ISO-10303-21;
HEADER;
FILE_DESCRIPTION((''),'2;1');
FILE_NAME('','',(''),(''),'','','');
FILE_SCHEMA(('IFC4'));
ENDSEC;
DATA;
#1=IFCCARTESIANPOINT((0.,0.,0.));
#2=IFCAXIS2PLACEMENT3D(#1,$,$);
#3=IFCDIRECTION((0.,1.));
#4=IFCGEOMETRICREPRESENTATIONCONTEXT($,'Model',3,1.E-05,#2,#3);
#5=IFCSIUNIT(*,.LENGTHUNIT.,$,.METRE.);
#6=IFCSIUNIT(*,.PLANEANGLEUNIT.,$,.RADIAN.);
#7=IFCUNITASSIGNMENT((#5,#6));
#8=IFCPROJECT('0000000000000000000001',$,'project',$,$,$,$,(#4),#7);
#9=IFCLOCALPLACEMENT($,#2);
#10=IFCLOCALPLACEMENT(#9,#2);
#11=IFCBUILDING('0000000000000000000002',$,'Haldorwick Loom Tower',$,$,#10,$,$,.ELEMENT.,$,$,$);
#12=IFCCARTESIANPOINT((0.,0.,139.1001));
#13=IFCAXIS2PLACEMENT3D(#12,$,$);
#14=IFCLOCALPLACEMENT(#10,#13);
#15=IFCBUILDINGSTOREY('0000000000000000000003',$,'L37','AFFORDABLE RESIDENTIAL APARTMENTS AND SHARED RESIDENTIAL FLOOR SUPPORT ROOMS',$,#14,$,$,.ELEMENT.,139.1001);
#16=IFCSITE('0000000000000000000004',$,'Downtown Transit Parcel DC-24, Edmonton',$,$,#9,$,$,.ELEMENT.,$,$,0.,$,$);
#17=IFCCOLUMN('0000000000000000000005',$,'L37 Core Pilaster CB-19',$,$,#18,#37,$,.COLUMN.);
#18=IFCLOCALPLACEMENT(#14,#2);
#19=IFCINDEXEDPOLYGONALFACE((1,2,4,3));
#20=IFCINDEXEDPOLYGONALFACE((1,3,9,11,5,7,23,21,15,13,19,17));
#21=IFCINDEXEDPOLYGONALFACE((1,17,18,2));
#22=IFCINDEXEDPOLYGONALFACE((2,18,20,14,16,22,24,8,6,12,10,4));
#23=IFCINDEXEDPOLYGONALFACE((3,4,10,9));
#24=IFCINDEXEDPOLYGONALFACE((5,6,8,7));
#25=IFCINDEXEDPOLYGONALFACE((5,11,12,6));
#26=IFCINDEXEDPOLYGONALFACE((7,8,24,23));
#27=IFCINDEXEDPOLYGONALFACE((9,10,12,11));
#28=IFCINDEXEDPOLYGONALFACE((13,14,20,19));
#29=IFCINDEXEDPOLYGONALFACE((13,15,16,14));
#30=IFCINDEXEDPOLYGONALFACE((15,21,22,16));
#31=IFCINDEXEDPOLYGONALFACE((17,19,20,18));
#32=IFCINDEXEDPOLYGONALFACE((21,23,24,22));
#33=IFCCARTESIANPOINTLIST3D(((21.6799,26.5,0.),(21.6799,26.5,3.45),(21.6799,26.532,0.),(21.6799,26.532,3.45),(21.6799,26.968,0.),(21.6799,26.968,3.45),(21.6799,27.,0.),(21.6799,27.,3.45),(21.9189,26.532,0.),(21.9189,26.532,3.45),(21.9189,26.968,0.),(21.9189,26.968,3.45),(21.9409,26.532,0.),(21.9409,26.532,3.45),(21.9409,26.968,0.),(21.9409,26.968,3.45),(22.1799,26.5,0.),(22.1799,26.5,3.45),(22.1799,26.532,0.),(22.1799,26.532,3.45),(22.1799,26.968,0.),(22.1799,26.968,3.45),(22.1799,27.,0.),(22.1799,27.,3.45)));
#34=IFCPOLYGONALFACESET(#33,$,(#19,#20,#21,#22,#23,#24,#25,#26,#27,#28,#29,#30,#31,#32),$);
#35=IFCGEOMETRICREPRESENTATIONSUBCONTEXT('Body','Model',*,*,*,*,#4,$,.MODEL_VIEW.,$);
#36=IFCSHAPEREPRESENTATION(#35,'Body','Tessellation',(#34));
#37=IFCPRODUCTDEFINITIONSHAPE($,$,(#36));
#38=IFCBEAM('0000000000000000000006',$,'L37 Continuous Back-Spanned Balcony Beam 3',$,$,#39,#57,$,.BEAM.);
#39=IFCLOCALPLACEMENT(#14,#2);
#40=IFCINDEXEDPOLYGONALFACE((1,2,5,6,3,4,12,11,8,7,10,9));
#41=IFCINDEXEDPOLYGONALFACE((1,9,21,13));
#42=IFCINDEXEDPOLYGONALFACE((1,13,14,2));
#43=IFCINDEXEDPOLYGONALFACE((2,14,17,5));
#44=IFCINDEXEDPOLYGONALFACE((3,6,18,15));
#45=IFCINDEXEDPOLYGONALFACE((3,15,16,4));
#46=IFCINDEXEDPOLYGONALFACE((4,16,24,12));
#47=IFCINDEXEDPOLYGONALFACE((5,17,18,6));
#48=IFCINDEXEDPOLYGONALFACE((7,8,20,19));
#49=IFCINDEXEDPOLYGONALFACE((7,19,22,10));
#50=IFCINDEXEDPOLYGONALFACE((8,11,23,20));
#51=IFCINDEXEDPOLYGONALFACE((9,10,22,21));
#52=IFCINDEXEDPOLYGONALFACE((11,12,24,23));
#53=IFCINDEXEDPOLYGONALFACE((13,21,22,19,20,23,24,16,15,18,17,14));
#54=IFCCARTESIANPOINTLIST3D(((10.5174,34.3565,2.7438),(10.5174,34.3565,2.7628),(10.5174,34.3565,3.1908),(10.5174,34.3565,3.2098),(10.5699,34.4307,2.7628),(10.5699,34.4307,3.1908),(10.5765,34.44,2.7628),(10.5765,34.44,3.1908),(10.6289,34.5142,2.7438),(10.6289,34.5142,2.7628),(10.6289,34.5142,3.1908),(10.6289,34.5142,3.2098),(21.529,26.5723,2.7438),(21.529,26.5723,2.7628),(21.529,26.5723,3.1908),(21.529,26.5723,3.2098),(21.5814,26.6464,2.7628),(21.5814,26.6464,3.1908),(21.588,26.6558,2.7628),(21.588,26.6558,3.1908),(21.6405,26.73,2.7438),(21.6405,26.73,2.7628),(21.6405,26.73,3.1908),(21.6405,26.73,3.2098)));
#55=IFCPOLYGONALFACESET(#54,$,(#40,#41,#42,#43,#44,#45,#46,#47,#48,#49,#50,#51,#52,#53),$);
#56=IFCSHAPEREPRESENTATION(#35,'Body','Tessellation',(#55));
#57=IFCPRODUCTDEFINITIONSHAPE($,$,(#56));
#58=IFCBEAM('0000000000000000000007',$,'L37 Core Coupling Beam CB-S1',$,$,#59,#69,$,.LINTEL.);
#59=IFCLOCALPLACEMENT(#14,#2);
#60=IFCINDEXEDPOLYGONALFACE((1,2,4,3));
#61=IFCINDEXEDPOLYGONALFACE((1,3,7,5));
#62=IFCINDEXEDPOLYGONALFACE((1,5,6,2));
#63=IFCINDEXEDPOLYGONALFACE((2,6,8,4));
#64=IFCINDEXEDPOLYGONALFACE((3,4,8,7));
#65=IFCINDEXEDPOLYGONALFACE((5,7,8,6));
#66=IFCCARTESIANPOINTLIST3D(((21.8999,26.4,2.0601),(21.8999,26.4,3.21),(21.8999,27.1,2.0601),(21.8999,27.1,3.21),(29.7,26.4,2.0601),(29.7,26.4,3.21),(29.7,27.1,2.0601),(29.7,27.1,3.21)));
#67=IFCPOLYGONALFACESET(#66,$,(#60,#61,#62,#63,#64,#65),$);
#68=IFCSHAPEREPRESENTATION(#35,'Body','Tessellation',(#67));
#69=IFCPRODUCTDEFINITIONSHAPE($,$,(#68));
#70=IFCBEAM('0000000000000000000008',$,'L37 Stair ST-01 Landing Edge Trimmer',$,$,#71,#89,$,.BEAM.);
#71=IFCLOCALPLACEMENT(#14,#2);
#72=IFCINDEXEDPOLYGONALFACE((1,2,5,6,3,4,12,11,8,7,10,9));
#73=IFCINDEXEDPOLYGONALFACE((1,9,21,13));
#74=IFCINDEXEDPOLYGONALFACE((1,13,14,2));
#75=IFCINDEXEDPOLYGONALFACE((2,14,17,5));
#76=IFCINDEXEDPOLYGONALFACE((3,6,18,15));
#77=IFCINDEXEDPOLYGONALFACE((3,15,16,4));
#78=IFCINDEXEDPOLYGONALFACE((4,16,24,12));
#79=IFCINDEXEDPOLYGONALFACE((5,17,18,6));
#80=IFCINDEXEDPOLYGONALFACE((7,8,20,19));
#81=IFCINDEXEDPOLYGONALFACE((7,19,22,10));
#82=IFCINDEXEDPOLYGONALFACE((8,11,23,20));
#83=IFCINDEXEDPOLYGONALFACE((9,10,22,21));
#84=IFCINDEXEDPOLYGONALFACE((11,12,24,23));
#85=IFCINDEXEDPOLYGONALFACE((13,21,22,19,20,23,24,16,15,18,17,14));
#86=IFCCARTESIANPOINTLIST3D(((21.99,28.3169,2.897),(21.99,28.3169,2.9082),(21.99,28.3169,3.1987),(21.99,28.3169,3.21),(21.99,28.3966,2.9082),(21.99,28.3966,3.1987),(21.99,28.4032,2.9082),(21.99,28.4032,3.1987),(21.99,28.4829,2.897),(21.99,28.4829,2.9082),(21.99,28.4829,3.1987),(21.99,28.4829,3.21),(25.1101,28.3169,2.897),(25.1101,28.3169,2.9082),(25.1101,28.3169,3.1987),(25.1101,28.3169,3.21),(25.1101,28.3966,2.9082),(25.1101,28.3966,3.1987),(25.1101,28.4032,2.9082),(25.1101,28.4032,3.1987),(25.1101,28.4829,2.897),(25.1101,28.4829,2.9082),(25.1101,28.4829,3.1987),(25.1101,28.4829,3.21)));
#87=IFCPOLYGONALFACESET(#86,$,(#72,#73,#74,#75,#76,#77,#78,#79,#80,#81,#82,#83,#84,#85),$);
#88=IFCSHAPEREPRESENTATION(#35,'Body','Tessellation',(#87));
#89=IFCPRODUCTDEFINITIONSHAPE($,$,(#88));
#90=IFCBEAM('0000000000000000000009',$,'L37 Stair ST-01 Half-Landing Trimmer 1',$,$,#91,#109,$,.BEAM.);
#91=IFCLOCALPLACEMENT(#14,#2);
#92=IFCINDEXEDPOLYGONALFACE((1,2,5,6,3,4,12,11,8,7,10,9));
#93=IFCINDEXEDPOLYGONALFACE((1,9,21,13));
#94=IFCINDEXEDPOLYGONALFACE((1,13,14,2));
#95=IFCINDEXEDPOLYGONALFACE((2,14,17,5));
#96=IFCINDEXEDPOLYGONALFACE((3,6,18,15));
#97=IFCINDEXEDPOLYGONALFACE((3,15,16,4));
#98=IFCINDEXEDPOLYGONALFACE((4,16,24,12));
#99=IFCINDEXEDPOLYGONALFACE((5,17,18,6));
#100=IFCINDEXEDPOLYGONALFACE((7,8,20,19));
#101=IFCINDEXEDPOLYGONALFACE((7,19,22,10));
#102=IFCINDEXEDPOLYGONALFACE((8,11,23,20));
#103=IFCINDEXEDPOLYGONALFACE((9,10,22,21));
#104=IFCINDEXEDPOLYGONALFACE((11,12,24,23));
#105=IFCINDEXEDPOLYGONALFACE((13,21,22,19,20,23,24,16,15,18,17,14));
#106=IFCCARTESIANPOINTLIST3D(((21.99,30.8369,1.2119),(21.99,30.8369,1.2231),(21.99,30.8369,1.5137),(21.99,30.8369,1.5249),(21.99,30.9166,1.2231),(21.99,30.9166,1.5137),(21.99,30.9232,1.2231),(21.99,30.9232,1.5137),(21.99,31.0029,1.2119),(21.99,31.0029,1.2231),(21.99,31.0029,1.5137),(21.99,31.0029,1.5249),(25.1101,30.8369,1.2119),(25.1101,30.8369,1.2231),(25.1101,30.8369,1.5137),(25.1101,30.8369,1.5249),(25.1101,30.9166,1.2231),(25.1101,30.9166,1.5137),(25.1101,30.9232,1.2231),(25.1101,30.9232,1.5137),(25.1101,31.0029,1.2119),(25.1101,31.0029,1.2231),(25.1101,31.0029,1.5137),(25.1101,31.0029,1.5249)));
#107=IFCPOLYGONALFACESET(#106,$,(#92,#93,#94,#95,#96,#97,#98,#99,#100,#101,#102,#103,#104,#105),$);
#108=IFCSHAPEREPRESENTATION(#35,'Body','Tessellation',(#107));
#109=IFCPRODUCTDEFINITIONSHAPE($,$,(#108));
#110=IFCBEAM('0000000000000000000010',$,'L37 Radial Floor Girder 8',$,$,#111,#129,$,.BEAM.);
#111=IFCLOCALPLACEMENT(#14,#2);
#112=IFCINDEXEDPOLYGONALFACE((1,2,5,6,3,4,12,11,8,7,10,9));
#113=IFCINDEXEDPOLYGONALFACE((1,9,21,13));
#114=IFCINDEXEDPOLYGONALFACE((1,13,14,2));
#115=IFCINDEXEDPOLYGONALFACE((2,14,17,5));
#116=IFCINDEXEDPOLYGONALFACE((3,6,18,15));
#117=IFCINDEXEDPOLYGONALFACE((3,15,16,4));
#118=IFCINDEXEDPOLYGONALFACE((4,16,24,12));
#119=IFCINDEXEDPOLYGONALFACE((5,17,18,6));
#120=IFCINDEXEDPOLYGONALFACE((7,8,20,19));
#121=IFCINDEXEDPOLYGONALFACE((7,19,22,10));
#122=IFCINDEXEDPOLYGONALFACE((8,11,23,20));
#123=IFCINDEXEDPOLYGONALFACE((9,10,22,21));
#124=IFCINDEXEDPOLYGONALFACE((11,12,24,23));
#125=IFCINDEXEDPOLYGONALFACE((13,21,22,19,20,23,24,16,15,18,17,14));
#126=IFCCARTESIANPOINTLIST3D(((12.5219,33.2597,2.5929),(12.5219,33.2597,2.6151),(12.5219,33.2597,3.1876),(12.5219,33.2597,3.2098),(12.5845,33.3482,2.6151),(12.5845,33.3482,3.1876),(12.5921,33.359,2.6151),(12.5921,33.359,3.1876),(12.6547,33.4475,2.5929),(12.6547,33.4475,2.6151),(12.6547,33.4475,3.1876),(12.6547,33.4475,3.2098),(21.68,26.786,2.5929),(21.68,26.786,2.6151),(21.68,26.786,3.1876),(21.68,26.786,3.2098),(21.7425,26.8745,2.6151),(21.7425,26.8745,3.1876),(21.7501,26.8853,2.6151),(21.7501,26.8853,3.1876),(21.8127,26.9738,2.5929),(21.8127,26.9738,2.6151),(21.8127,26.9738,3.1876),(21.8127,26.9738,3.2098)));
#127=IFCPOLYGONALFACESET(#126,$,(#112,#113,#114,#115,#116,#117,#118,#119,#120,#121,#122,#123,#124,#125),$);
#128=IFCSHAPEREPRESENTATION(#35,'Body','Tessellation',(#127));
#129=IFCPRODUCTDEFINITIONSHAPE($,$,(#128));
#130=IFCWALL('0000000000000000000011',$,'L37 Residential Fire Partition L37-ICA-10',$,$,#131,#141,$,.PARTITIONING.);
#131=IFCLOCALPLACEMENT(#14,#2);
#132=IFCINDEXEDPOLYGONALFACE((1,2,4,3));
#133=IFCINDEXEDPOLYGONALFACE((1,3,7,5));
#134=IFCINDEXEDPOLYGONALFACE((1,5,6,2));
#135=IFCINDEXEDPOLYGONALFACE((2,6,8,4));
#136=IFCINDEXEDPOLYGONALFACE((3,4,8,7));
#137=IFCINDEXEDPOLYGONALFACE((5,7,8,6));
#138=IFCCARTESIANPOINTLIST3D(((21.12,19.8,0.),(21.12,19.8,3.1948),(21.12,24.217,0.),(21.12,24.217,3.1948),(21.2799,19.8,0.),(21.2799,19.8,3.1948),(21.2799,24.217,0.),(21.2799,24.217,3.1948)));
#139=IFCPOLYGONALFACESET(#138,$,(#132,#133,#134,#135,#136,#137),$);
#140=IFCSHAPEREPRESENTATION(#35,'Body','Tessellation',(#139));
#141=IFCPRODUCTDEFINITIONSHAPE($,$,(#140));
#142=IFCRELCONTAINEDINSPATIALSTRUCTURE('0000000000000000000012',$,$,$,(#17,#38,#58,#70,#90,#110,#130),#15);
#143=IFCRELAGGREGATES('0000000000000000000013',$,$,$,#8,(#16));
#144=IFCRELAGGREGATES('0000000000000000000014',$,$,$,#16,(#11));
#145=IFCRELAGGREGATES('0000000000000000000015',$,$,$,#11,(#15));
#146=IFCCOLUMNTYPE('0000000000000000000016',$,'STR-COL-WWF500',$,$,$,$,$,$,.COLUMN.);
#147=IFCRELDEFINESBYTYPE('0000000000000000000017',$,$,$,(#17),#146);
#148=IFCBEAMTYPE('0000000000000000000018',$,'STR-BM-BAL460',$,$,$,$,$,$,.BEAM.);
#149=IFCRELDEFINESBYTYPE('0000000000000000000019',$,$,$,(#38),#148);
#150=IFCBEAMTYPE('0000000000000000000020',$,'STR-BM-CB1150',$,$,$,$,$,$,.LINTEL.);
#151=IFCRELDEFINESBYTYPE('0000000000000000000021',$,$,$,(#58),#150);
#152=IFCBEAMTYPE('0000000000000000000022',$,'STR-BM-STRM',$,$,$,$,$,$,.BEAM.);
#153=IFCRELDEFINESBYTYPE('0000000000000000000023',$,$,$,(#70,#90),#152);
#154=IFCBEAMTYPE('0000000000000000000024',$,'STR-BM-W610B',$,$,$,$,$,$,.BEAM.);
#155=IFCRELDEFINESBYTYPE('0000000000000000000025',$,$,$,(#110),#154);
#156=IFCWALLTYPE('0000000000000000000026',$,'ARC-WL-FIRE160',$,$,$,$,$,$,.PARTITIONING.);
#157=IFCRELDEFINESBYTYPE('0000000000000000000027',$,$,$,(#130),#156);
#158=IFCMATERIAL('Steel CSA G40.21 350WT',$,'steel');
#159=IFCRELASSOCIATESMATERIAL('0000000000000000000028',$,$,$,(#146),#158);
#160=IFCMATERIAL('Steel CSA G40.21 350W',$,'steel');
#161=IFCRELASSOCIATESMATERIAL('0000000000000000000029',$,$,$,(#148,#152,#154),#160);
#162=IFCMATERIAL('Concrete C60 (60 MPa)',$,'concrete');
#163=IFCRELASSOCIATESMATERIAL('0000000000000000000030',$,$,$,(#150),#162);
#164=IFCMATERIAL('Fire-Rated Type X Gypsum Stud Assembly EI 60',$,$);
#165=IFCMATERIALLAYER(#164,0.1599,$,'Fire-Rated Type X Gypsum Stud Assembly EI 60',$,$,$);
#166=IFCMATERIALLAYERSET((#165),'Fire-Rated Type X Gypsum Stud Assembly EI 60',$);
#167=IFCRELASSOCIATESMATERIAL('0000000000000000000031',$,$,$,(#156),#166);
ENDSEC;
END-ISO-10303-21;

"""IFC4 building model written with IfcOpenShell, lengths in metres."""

from ifc_helpers import new_model, si_unit, direction, frame, frame_2d, origin, origin_2d, place, context, subcontext, project, spatial, rectangle, i_section, extrude, material, layer, layer_set, material_profile, profile_set, type_object, element, save


model = new_model("IFC4")

# Units and contexts
model_context = context("Model", 3, precision=1e-05, world=origin(), true_north=direction((0.0, 1.0)))
body_context = subcontext(model_context, "Body", "Model", "MODEL_VIEW")
ifc_project = project(units=[si_unit("LENGTHUNIT", "METRE"), si_unit("PLANEANGLEUNIT", "RADIAN")], contexts=[model_context])

# Site, building, storey
site_placement = place(None, origin())
site = spatial("IfcSite", under=ifc_project, at=site_placement, Name="Downtown Transit Parcel DC-24, Edmonton", CompositionType="ELEMENT", RefElevation=0.0)
building_placement = place(site_placement, origin())
building = spatial("IfcBuilding", under=site, at=building_placement, Name="Haldorwick Loom Tower", CompositionType="ELEMENT")
storey_placement = place(building_placement, frame((0.0, 0.0, 139.1001)))
storey = spatial("IfcBuildingStorey", under=building, at=storey_placement, Name="L37", Description="AFFORDABLE RESIDENTIAL APARTMENTS AND SHARED RESIDENTIAL FLOOR SUPPORT ROOMS", CompositionType="ELEMENT", Elevation=139.1001)

# Column
ifc_material_1 = material(Name="Steel CSA G40.21 350WT", Category="steel")
ifc_material_profile_1 = material_profile(ifc_material_1, i_section(OverallWidth=0.5, OverallDepth=0.5, WebThickness=0.022, FlangeThickness=0.032, at=origin_2d()), Name="WWF500X500", Category="steel")
ifc_profile_set_1 = profile_set([ifc_material_profile_1], Name="Steel CSA G40.21 350WT")
column_type = type_object("IfcColumnType", Name="STR-COL-WWF500", PredefinedType="COLUMN", material=ifc_profile_set_1)
column_placement = place(storey_placement, frame((21.9299, 26.75, 0.0), z_axis=(0.0, 0.0, 1.0), x_axis=(1.0, 0.0, 0.0)))
element("IfcColumn", 1, at=column_placement, inside=storey, type_object=column_type, Name="L37 Core Pilaster CB-19", PredefinedType="COLUMN", context=body_context, shape_type="SweptSolid", body=[
    extrude(i_section(OverallWidth=0.5, OverallDepth=0.5, WebThickness=0.022, FlangeThickness=0.032, at=origin_2d()), origin(), (0.0, 0.0, 1.0), 3.45),
])

# Beams
ifc_material_2 = material(Name="Steel CSA G40.21 350W", Category="steel")
ifc_material_profile_2 = material_profile(ifc_material_2, i_section(OverallWidth=0.1931, OverallDepth=0.4661, WebThickness=0.0115, FlangeThickness=0.019, at=origin_2d()), Name="W460X97", Category="steel")
ifc_profile_set_2 = profile_set([ifc_material_profile_2], Name="Steel CSA G40.21 350W")
beam_type_1 = type_object("IfcBeamType", Name="STR-BM-BAL460", PredefinedType="BEAM", material=ifc_profile_set_2)
beam_1_placement = place(storey_placement, frame((21.5847, 26.6511, 2.9768), z_axis=(-0.81657, 0.577246, 0.0), x_axis=(-0.577246, -0.81657, 0.0)))
element("IfcBeam", 2, at=beam_1_placement, inside=storey, type_object=beam_type_1, Name="L37 Continuous Back-Spanned Balcony Beam 3", PredefinedType="BEAM", context=body_context, shape_type="SweptSolid", body=[
    extrude(i_section(OverallWidth=0.1931, OverallDepth=0.4661, WebThickness=0.0115, FlangeThickness=0.019, at=origin_2d()), origin(), (0.0, 0.0, 1.0), 13.4851),
])
ifc_material_3 = material(Name="Concrete C60 (60 MPa)", Category="concrete")
ifc_material_profile_3 = material_profile(ifc_material_3, rectangle(XDim=0.7, YDim=1.1499, at=origin_2d()), Name="RC700X1150", Category="concrete")
ifc_profile_set_3 = profile_set([ifc_material_profile_3], Name="Concrete C60 (60 MPa)")
beam_type_2 = type_object("IfcBeamType", Name="STR-BM-CB1150", PredefinedType="LINTEL", material=ifc_profile_set_3)
beam_2_placement = place(storey_placement, frame((21.8999, 26.75, 2.635), z_axis=(1.0, 0.0, 0.0), x_axis=(0.0, 1.0, 0.0)))
element("IfcBeam", 3, at=beam_2_placement, inside=storey, type_object=beam_type_2, Name="L37 Core Coupling Beam CB-S1", PredefinedType="LINTEL", context=body_context, shape_type="SweptSolid", body=[
    extrude(rectangle(XDim=0.7, YDim=1.1499, at=origin_2d()), origin(), (0.0, 0.0, 1.0), 7.8),
])
ifc_material_profile_4 = material_profile(ifc_material_2, i_section(OverallWidth=0.166, OverallDepth=0.313, WebThickness=0.0066, FlangeThickness=0.0112, at=origin_2d()), Name="W310X45", Category="steel")
ifc_profile_set_4 = profile_set([ifc_material_profile_4], Name="Steel CSA G40.21 350W")
beam_type_3 = type_object("IfcBeamType", Name="STR-BM-STRM", PredefinedType="BEAM", material=ifc_profile_set_4)
for number, where, z_axis, x_axis, name in (
    (4, (21.99, 28.3999, 3.0535), (1.0, 0.0, 0.0), (0.0, 1.0, 0.0), "L37 Stair ST-01 Landing Edge Trimmer"),
    (5, (21.99, 30.9199, 1.3684), (1.0, 0.0, 0.0), (0.0, 1.0, 0.0), "L37 Stair ST-01 Half-Landing Trimmer 1"),
):
    element("IfcBeam", number, at=place(storey_placement, frame(where, z_axis=z_axis, x_axis=x_axis)), inside=storey, type_object=beam_type_3, Name=name, PredefinedType="BEAM", context=body_context, shape_type="SweptSolid", body=[
        extrude(i_section(OverallWidth=0.166, OverallDepth=0.313, WebThickness=0.0066, FlangeThickness=0.0112, at=origin_2d()), origin(), (0.0, 0.0, 1.0), 3.1201),
    ])
ifc_material_profile_5 = material_profile(ifc_material_2, i_section(OverallWidth=0.23, OverallDepth=0.6169, WebThickness=0.0132, FlangeThickness=0.0222, at=origin_2d()), Name="W610X140", Category="steel")
ifc_profile_set_5 = profile_set([ifc_material_profile_5], Name="Steel CSA G40.21 350W")
beam_type_4 = type_object("IfcBeamType", Name="STR-BM-W610B", PredefinedType="BEAM", material=ifc_profile_set_5)
beam_3_placement = place(storey_placement, frame((21.7463, 26.8799, 2.9014), z_axis=(-0.816582, 0.57723, 0.0), x_axis=(-0.57723, -0.816582, 0.0)))
element("IfcBeam", 6, at=beam_3_placement, inside=storey, type_object=beam_type_4, Name="L37 Radial Floor Girder 8", PredefinedType="BEAM", context=body_context, shape_type="SweptSolid", body=[
    extrude(i_section(OverallWidth=0.23, OverallDepth=0.6169, WebThickness=0.0132, FlangeThickness=0.0222, at=origin_2d()), origin(), (0.0, 0.0, 1.0), 11.2151),
])

# Wall
ifc_material_4 = material(Name="Fire-Rated Type X Gypsum Stud Assembly EI 60")
ifc_layer_1 = layer(ifc_material_4, 0.1599, Name="Fire-Rated Type X Gypsum Stud Assembly EI 60")
ifc_layer_set_1 = layer_set([ifc_layer_1], Name="Fire-Rated Type X Gypsum Stud Assembly EI 60")
wall_type_1 = type_object("IfcWallType", Name="ARC-WL-FIRE160", PredefinedType="PARTITIONING", material=ifc_layer_set_1)
wall_1_placement = place(storey_placement, frame((21.2, 24.217, 0.0), z_axis=(0.0, 0.0, 1.0), x_axis=(0.0, -1.0, 0.0)))
element("IfcWall", 7, at=wall_1_placement, inside=storey, type_object=wall_type_1, Name="L37 Residential Fire Partition L37-ICA-10", PredefinedType="PARTITIONING", context=body_context, shape_type="SweptSolid", body=[
    extrude(rectangle(XDim=4.417, YDim=0.1599, at=frame_2d((2.2085, 0.0))), origin(), (0.0, 0.0, 1.0), 3.1948),
])

save(model, "model.ifc")
